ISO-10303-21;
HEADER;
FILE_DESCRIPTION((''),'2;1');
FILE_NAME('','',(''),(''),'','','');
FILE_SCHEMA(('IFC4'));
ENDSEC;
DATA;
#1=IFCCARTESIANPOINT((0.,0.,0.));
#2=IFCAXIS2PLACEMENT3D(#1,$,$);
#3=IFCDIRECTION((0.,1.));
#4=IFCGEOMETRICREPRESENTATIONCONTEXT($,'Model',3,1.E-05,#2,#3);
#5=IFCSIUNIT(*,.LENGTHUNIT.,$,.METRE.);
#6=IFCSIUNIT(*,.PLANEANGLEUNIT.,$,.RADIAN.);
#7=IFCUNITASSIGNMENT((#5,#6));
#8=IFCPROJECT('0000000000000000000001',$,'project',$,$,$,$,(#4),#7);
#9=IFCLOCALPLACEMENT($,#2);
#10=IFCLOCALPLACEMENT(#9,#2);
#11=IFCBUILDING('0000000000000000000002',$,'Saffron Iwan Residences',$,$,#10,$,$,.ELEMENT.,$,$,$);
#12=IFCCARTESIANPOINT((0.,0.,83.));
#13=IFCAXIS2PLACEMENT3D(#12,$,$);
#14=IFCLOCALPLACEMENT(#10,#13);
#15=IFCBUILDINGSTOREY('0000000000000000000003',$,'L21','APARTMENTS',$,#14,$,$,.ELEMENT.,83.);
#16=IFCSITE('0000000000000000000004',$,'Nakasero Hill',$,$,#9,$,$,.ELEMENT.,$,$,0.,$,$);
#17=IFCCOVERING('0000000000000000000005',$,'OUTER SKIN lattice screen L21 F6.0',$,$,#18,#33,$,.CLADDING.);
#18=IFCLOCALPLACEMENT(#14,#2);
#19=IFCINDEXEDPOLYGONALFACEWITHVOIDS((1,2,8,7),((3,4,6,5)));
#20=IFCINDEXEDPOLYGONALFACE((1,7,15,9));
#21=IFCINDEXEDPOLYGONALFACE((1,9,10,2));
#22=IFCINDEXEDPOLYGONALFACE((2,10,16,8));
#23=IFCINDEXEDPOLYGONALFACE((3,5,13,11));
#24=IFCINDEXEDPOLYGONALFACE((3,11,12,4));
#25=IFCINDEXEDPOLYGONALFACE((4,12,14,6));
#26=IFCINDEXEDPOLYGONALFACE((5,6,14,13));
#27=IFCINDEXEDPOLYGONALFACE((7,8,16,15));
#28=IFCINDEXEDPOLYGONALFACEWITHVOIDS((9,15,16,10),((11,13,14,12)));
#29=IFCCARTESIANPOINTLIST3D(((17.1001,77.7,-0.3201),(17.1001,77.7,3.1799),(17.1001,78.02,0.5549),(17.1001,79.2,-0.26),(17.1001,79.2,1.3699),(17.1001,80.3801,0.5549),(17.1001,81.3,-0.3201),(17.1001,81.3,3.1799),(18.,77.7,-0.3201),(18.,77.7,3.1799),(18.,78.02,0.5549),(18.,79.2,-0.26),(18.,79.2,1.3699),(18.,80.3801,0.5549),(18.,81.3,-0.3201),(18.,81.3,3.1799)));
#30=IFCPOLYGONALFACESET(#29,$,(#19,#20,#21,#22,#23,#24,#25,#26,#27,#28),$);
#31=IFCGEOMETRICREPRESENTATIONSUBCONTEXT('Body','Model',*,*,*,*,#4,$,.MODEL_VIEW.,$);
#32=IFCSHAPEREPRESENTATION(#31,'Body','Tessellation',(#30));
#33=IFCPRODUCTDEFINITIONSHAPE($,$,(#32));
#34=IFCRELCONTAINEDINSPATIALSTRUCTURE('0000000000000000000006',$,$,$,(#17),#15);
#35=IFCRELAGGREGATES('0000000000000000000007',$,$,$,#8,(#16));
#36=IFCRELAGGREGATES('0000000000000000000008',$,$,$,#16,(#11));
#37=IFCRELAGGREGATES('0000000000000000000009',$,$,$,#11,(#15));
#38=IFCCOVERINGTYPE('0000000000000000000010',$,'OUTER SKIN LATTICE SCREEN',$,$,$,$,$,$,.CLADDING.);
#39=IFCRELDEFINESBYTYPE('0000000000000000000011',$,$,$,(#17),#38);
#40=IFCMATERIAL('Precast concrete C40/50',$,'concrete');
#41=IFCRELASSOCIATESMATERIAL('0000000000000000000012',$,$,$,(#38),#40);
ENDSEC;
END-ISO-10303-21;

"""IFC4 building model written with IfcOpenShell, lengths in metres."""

from ifc_helpers import new_model, si_unit, direction, frame, origin, place, context, subcontext, project, spatial, polyline, outline, extrude, material, type_object, element, save


model = new_model("IFC4")

# Units and contexts
model_context = context("Model", 3, precision=1e-05, world=origin(), true_north=direction((0.0, 1.0)))
body_context = subcontext(model_context, "Body", "Model", "MODEL_VIEW")
ifc_project = project(units=[si_unit("LENGTHUNIT", "METRE"), si_unit("PLANEANGLEUNIT", "RADIAN")], contexts=[model_context])

# Site, building, storey
site_placement = place(None, origin())
site = spatial("IfcSite", under=ifc_project, at=site_placement, Name="Nakasero Hill", CompositionType="ELEMENT", RefElevation=0.0)
building_placement = place(site_placement, origin())
building = spatial("IfcBuilding", under=site, at=building_placement, Name="Saffron Iwan Residences", CompositionType="ELEMENT")
storey_placement = place(building_placement, frame((0.0, 0.0, 83.0)))
storey = spatial("IfcBuildingStorey", under=building, at=storey_placement, Name="L21", Description="APARTMENTS", CompositionType="ELEMENT", Elevation=83.0)

# Covering
ifc_material_1 = material(Name="Precast concrete C40/50", Category="concrete")
covering_type = type_object("IfcCoveringType", Name="OUTER SKIN LATTICE SCREEN", PredefinedType="CLADDING", material=ifc_material_1)
covering_1_placement = place(storey_placement, frame((18.0, 81.3, -0.3201), z_axis=(-1.0, 0.0, 0.0), x_axis=(0.0, -1.0, 0.0)))
element("IfcCovering", 1, at=covering_1_placement, inside=storey, type_object=covering_type, Name="OUTER SKIN lattice screen L21 F6.0", PredefinedType="CLADDING", context=body_context, shape_type="SweptSolid", body=[
    extrude(outline(polyline([(0.0, 0.0), (3.6001, 0.0), (3.6001, 3.5), (0.0, 3.5), (0.0, 0.0)]), holes=[polyline([(0.9199, 0.875), (2.1001, 0.0601), (3.28, 0.875), (2.1001, 1.6899), (0.9199, 0.875)])]), origin(), (0.0, 0.0, 1.0), 0.8999),
])

save(model, "model.ifc")
